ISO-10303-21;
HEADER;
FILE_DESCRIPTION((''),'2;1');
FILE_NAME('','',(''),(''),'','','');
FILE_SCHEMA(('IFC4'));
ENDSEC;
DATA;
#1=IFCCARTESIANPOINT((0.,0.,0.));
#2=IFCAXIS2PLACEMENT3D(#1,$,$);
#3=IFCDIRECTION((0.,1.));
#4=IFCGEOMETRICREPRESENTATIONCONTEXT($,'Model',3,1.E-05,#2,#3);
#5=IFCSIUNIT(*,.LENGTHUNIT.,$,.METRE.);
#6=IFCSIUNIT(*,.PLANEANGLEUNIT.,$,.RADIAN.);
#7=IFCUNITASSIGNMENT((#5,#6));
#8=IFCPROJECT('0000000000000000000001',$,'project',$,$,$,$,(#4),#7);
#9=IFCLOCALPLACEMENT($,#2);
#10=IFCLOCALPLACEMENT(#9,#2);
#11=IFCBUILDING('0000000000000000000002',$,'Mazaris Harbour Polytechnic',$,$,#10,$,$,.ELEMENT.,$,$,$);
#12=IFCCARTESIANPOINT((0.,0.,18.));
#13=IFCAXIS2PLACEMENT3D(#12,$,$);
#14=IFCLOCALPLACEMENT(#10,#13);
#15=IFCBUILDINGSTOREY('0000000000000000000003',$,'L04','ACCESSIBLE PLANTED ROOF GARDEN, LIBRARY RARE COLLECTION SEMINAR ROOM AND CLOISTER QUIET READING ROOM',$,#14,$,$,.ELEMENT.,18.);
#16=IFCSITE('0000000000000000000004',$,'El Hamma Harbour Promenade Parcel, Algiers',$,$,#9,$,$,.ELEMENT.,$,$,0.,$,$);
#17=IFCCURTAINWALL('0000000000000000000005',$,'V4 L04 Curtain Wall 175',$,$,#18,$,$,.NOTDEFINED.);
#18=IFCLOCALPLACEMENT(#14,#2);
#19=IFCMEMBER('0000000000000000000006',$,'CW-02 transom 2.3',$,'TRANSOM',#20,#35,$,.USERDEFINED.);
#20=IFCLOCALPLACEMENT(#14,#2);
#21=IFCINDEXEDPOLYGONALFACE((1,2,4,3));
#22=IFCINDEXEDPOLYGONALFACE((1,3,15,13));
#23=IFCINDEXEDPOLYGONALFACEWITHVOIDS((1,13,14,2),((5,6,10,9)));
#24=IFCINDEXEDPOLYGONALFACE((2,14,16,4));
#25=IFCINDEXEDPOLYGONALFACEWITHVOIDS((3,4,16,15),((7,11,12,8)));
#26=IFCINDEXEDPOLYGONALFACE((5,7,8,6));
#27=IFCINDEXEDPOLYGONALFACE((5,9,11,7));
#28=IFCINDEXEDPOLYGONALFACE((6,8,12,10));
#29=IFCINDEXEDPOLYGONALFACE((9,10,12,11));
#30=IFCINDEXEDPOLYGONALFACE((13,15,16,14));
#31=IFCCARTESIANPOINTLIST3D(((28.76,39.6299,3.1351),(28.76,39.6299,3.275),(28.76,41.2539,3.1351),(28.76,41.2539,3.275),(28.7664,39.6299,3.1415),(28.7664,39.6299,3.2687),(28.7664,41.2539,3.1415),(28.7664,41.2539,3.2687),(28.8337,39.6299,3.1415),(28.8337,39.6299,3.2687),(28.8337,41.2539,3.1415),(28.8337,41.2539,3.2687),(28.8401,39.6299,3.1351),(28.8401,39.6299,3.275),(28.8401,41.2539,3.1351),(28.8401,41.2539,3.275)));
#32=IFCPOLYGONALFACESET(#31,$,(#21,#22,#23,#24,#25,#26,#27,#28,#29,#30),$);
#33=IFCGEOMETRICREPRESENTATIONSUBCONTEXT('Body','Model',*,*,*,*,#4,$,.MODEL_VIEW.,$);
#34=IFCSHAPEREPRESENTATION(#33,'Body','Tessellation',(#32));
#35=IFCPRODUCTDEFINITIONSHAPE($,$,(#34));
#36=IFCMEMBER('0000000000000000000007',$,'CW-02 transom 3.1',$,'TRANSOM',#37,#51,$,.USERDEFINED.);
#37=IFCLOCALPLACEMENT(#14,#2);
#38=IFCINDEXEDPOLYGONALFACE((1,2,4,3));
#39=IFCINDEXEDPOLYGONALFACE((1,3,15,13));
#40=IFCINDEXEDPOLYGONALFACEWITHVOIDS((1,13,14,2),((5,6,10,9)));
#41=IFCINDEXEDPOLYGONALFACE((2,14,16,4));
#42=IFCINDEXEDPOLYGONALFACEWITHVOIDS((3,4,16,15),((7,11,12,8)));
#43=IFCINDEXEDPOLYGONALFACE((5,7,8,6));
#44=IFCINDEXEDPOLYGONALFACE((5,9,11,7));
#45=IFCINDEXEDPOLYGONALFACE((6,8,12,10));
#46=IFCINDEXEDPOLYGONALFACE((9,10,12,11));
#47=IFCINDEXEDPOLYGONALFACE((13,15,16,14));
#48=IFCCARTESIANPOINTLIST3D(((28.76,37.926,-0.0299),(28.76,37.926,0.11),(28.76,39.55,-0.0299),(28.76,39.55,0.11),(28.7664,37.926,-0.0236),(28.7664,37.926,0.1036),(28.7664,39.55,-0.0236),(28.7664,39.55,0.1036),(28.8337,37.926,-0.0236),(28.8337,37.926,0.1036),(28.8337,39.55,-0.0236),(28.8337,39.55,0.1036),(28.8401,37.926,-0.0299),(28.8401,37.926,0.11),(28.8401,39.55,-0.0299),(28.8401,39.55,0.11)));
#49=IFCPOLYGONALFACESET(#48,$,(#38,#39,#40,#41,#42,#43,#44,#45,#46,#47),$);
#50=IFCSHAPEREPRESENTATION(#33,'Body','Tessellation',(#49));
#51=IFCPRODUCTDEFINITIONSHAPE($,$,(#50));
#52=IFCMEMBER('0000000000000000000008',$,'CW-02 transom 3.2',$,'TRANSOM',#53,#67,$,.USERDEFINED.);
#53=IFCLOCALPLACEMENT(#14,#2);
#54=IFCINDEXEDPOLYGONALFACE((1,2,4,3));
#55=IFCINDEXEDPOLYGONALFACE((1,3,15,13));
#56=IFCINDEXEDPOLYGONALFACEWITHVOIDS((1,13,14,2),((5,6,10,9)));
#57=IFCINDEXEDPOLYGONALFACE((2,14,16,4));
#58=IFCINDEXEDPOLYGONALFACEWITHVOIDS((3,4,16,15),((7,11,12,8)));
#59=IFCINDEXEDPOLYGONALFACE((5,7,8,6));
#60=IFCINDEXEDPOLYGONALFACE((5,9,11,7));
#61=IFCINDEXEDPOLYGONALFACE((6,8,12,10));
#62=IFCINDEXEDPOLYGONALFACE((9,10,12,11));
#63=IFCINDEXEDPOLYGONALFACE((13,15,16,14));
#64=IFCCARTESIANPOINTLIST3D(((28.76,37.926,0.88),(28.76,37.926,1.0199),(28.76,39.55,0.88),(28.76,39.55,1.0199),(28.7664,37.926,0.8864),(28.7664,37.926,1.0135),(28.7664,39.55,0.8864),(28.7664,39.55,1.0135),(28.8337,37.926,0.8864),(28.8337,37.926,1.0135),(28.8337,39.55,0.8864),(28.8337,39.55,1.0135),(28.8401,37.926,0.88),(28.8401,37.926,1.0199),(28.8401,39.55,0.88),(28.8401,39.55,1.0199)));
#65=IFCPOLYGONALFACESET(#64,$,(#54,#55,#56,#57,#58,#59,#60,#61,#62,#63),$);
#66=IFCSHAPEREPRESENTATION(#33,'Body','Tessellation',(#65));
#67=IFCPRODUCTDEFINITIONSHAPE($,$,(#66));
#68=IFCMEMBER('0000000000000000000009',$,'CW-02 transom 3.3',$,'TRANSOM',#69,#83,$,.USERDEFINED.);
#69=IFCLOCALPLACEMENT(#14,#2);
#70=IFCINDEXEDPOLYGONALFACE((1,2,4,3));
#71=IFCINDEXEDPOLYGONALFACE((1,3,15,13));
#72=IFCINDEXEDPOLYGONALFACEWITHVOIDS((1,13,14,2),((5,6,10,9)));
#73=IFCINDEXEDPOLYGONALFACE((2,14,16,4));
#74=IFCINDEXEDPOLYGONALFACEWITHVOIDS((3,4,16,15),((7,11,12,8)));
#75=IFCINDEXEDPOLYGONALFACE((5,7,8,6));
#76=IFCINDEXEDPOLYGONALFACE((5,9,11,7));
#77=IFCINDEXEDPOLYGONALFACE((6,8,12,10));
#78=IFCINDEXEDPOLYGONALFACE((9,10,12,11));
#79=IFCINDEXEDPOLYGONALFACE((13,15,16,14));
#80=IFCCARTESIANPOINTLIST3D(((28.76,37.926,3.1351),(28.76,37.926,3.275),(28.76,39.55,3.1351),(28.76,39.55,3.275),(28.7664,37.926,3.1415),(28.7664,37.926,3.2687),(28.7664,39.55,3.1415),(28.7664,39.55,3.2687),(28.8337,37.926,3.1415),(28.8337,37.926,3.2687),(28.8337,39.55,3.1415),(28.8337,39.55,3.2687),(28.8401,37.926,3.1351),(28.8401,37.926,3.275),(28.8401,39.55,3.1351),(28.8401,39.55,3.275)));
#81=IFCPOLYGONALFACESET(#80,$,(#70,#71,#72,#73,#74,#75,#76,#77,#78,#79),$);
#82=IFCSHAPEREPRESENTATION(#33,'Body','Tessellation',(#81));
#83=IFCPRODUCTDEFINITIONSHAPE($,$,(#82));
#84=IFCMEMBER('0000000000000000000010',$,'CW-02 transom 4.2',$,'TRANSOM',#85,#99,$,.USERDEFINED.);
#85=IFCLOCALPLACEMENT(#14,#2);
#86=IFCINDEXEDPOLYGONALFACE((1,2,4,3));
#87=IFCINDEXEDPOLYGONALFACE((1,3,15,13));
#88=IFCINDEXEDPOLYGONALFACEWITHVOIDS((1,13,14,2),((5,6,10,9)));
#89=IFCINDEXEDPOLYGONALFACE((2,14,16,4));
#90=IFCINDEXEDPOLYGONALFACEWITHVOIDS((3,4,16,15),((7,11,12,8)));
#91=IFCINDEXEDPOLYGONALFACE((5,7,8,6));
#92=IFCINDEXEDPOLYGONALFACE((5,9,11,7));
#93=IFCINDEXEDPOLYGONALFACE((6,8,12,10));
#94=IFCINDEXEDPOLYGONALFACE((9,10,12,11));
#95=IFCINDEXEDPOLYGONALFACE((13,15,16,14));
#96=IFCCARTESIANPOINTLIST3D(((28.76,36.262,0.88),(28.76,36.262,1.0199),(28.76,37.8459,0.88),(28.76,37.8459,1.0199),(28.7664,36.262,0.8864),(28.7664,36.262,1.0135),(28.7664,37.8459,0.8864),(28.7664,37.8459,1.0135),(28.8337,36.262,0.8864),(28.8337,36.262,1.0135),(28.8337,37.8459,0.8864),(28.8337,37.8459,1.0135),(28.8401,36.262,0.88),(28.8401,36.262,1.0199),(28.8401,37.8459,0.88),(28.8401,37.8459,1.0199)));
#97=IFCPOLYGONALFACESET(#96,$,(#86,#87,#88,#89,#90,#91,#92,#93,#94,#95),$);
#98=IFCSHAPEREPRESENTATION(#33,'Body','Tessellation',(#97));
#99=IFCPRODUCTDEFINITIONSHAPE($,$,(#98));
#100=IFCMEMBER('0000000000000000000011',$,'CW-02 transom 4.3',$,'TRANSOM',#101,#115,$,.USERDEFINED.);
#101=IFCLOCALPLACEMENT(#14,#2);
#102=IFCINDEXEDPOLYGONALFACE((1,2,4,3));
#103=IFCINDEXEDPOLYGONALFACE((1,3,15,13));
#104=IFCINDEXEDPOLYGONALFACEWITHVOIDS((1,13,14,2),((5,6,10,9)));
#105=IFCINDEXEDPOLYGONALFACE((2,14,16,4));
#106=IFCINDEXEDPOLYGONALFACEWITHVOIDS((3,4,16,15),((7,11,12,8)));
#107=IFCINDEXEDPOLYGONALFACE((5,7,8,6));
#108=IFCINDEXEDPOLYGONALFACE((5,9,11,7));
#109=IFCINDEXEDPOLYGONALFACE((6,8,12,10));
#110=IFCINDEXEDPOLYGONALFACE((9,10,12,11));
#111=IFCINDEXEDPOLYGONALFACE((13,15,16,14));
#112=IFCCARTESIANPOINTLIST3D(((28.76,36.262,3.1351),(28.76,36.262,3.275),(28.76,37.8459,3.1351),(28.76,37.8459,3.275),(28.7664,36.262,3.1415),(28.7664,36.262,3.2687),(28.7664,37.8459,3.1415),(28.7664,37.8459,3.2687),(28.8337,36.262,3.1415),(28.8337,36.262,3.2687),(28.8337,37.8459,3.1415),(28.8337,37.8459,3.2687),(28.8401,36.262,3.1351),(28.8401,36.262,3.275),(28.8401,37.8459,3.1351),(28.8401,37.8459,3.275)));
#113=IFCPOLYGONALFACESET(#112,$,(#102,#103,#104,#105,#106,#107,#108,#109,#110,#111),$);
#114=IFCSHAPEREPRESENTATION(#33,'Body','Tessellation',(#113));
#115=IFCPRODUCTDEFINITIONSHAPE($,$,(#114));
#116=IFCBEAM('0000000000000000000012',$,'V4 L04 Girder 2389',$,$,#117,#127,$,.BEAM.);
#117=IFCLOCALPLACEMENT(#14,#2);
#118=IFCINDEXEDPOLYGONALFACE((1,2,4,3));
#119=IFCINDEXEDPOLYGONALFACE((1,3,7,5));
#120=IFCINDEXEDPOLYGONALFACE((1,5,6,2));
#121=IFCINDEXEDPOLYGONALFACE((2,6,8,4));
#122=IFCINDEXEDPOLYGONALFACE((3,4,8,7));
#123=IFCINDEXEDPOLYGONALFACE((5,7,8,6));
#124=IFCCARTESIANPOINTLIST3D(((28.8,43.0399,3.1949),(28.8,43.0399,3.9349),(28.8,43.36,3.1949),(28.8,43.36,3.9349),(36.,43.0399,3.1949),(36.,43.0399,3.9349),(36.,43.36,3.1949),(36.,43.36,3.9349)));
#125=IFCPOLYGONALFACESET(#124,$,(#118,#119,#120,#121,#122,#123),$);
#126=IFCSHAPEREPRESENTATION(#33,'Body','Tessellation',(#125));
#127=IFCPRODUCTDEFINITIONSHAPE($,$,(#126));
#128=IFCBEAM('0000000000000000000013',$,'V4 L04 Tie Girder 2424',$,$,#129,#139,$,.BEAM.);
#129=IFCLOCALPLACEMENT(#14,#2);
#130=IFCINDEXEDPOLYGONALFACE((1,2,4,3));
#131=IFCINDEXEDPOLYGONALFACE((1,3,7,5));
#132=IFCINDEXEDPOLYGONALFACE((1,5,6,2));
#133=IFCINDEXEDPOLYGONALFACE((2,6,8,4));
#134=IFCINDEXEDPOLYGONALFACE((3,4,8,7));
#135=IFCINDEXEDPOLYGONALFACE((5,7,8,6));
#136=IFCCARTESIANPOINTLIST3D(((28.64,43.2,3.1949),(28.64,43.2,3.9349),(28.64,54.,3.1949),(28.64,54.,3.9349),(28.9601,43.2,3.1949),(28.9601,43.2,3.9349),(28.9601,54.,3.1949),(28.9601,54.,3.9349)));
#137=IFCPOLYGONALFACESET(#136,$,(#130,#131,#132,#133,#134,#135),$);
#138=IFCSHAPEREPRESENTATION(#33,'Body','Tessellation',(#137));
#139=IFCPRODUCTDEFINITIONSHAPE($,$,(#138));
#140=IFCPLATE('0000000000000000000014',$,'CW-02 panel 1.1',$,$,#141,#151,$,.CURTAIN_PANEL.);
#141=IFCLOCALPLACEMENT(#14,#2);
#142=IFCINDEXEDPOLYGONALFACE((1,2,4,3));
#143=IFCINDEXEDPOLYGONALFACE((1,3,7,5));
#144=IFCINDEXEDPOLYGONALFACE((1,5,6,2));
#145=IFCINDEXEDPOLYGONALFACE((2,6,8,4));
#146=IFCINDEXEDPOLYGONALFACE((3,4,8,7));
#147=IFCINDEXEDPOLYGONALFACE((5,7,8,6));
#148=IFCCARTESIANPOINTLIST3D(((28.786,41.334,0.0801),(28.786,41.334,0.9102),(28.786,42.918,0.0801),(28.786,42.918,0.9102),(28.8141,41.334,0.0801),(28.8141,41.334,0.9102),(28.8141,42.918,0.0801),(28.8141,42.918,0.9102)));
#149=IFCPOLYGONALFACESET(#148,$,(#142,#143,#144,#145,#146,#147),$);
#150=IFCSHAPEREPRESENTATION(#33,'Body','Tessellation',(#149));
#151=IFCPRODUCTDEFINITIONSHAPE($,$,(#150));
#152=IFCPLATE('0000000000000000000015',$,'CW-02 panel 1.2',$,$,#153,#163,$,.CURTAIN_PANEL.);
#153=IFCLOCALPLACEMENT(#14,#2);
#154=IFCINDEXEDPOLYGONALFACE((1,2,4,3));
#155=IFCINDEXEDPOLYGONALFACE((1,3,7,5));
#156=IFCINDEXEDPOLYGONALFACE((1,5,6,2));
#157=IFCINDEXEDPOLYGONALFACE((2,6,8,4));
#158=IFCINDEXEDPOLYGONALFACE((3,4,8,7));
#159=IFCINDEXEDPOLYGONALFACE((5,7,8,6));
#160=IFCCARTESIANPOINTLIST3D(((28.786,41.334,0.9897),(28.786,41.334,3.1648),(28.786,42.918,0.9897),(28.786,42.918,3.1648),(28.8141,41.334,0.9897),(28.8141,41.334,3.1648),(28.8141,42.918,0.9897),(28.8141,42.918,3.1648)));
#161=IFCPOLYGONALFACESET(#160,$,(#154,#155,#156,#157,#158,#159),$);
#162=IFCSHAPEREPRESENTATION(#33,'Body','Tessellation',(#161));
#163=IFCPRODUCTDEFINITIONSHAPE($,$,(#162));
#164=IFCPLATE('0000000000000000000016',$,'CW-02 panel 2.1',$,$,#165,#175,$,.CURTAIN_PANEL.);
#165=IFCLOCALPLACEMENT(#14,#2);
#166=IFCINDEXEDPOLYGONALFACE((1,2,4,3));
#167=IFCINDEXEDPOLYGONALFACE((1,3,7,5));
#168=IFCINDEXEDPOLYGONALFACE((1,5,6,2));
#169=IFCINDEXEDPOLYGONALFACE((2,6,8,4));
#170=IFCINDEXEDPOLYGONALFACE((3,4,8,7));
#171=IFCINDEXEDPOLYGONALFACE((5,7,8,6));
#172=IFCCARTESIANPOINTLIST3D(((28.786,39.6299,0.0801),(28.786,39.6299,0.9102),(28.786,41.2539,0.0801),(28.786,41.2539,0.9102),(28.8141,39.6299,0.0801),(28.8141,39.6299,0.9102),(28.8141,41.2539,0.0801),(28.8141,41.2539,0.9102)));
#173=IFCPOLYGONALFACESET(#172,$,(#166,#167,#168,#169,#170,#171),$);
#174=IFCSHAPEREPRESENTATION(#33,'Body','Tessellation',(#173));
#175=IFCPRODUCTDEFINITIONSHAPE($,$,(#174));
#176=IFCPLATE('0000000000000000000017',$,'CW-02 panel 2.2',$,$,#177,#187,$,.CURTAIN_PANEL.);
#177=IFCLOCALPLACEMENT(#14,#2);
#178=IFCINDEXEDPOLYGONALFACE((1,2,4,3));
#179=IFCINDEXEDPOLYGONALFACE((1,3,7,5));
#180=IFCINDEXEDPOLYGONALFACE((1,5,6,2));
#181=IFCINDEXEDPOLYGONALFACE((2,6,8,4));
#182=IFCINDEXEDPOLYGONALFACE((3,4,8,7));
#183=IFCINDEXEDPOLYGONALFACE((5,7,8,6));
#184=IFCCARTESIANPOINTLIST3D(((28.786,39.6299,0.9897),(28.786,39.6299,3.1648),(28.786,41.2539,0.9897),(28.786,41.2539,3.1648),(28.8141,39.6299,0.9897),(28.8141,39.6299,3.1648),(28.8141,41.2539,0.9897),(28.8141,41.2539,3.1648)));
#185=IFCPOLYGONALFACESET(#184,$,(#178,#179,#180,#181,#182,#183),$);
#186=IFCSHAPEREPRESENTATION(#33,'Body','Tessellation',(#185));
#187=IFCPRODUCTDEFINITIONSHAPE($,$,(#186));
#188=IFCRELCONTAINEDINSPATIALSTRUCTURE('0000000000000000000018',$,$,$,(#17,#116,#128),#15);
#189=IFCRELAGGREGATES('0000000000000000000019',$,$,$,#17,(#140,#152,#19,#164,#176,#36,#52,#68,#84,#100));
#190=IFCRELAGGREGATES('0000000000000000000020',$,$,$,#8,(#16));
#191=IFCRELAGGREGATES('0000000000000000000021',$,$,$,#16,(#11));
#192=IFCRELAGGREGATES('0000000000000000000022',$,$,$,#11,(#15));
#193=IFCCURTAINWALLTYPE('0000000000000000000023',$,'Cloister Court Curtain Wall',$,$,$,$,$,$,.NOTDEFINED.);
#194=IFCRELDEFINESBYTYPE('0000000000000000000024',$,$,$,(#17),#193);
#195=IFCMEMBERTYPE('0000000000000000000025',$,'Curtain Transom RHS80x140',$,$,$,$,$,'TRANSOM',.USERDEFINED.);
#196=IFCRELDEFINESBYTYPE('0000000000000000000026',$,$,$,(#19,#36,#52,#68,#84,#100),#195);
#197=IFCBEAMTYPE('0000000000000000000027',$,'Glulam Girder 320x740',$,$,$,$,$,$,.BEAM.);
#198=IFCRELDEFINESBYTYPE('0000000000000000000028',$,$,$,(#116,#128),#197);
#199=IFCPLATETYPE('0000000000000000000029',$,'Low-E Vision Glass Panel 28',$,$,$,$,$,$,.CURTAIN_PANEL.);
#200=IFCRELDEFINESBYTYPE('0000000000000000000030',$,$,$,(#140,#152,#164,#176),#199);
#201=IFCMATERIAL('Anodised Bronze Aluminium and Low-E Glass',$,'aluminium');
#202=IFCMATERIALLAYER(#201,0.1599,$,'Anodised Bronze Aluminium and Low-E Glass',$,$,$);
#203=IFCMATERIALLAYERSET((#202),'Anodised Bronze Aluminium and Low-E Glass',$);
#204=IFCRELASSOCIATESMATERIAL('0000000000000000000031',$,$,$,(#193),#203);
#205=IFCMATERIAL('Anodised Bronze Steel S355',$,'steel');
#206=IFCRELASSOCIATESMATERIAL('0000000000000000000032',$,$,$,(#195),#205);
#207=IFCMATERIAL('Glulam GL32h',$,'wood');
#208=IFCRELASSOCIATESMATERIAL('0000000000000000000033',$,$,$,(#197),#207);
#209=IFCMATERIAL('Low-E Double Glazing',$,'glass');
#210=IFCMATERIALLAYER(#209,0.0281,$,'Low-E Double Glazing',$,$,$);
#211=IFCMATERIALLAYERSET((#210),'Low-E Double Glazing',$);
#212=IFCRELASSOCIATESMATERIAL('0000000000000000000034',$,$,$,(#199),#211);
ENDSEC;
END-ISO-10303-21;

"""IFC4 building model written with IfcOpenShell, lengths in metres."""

from ifc_helpers import new_model, si_unit, direction, frame, origin, origin_2d, place, context, subcontext, project, spatial, rectangle, hollow_rectangle, extrude, material, layer, layer_set, material_profile, profile_set, type_object, element, aggregate, save


model = new_model("IFC4")

# Units and contexts
model_context = context("Model", 3, precision=1e-05, world=origin(), true_north=direction((0.0, 1.0)))
body_context = subcontext(model_context, "Body", "Model", "MODEL_VIEW")
ifc_project = project(units=[si_unit("LENGTHUNIT", "METRE"), si_unit("PLANEANGLEUNIT", "RADIAN")], contexts=[model_context])

# Site, building, storey
site_placement = place(None, origin())
site = spatial("IfcSite", under=ifc_project, at=site_placement, Name="El Hamma Harbour Promenade Parcel, Algiers", CompositionType="ELEMENT", RefElevation=0.0)
building_placement = place(site_placement, origin())
building = spatial("IfcBuilding", under=site, at=building_placement, Name="Mazaris Harbour Polytechnic", CompositionType="ELEMENT")
storey_placement = place(building_placement, frame((0.0, 0.0, 18.0)))
storey = spatial("IfcBuildingStorey", under=building, at=storey_placement, Name="L04", Description="ACCESSIBLE PLANTED ROOF GARDEN, LIBRARY RARE COLLECTION SEMINAR ROOM AND CLOISTER QUIET READING ROOM", CompositionType="ELEMENT", Elevation=18.0)

# Curtain wall
ifc_material_1 = material(Name="Anodised Bronze Aluminium and Low-E Glass", Category="aluminium")
ifc_layer_1 = layer(ifc_material_1, 0.1599, Name="Anodised Bronze Aluminium and Low-E Glass")
ifc_layer_set_1 = layer_set([ifc_layer_1], Name="Anodised Bronze Aluminium and Low-E Glass")
curtain_wall_type = type_object("IfcCurtainWallType", Name="Cloister Court Curtain Wall", PredefinedType="NOTDEFINED", material=ifc_layer_set_1)
curtain_wall_1_placement = place(storey_placement, origin())
curtain_wall_1 = element("IfcCurtainWall", 1, at=curtain_wall_1_placement, inside=storey, type_object=curtain_wall_type, Name="V4 L04 Curtain Wall 175", PredefinedType="NOTDEFINED")

# Members
ifc_material_2 = material(Name="Anodised Bronze Steel S355", Category="steel")
ifc_material_profile_1 = material_profile(ifc_material_2, hollow_rectangle(XDim=0.0801, YDim=0.1399, WallThickness=0.0063, at=origin_2d()), Name="RHS 80x140x6.3")
ifc_profile_set_1 = profile_set([ifc_material_profile_1], Name="Anodised Bronze Steel S355")
member_type_1 = type_object("IfcMemberType", Name="Curtain Transom RHS80x140", ElementType="TRANSOM", PredefinedType="USERDEFINED", material=ifc_profile_set_1)
member_1_placement = place(storey_placement, frame((28.8, 41.2539, 3.2051), z_axis=(0.0, -1.0, 0.0), x_axis=(1.0, 0.0, 0.0)))
member_1 = element("IfcMember", 2, at=member_1_placement, type_object=member_type_1, Name="CW-02 transom 2.3", ObjectType="TRANSOM", PredefinedType="USERDEFINED", context=body_context, shape_type="SweptSolid", body=[
    extrude(hollow_rectangle(XDim=0.0801, YDim=0.1399, WallThickness=0.0063, at=origin_2d()), origin(), (0.0, 0.0, 1.0), 1.624),
])
member_2_placement = place(storey_placement, frame((28.8, 39.55, 0.04), z_axis=(0.0, -1.0, 0.0), x_axis=(1.0, 0.0, 0.0)))
member_2 = element("IfcMember", 3, at=member_2_placement, type_object=member_type_1, Name="CW-02 transom 3.1", ObjectType="TRANSOM", PredefinedType="USERDEFINED", context=body_context, shape_type="SweptSolid", body=[
    extrude(hollow_rectangle(XDim=0.0801, YDim=0.1399, WallThickness=0.0063, at=origin_2d()), origin(), (0.0, 0.0, 1.0), 1.624),
])
member_3_placement = place(storey_placement, frame((28.8, 39.55, 0.95), z_axis=(0.0, -1.0, 0.0), x_axis=(1.0, 0.0, 0.0)))
member_3 = element("IfcMember", 4, at=member_3_placement, type_object=member_type_1, Name="CW-02 transom 3.2", ObjectType="TRANSOM", PredefinedType="USERDEFINED", context=body_context, shape_type="SweptSolid", body=[
    extrude(hollow_rectangle(XDim=0.0801, YDim=0.1399, WallThickness=0.0063, at=origin_2d()), origin(), (0.0, 0.0, 1.0), 1.624),
])
member_4_placement = place(storey_placement, frame((28.8, 39.55, 3.2051), z_axis=(0.0, -1.0, 0.0), x_axis=(1.0, 0.0, 0.0)))
member_4 = element("IfcMember", 5, at=member_4_placement, type_object=member_type_1, Name="CW-02 transom 3.3", ObjectType="TRANSOM", PredefinedType="USERDEFINED", context=body_context, shape_type="SweptSolid", body=[
    extrude(hollow_rectangle(XDim=0.0801, YDim=0.1399, WallThickness=0.0063, at=origin_2d()), origin(), (0.0, 0.0, 1.0), 1.624),
])
member_5_placement = place(storey_placement, frame((28.8, 37.8459, 0.95), z_axis=(0.0, -1.0, 0.0), x_axis=(1.0, 0.0, 0.0)))
member_5 = element("IfcMember", 6, at=member_5_placement, type_object=member_type_1, Name="CW-02 transom 4.2", ObjectType="TRANSOM", PredefinedType="USERDEFINED", context=body_context, shape_type="SweptSolid", body=[
    extrude(hollow_rectangle(XDim=0.0801, YDim=0.1399, WallThickness=0.0063, at=origin_2d()), origin(), (0.0, 0.0, 1.0), 1.584),
])
member_6_placement = place(storey_placement, frame((28.8, 37.8459, 3.2051), z_axis=(0.0, -1.0, 0.0), x_axis=(1.0, 0.0, 0.0)))
member_6 = element("IfcMember", 7, at=member_6_placement, type_object=member_type_1, Name="CW-02 transom 4.3", ObjectType="TRANSOM", PredefinedType="USERDEFINED", context=body_context, shape_type="SweptSolid", body=[
    extrude(hollow_rectangle(XDim=0.0801, YDim=0.1399, WallThickness=0.0063, at=origin_2d()), origin(), (0.0, 0.0, 1.0), 1.584),
])

# Beams
ifc_material_3 = material(Name="Glulam GL32h", Category="wood")
ifc_material_profile_2 = material_profile(ifc_material_3, rectangle(XDim=0.3201, YDim=0.74, at=origin_2d()), Name="RECT320x740")
ifc_profile_set_2 = profile_set([ifc_material_profile_2], Name="Glulam GL32h")
beam_type = type_object("IfcBeamType", Name="Glulam Girder 320x740", PredefinedType="BEAM", material=ifc_profile_set_2)
beam_1_placement = place(storey_placement, frame((28.8, 43.2, 3.5649), z_axis=(1.0, 0.0, 0.0), x_axis=(0.0, 1.0, 0.0)))
element("IfcBeam", 8, at=beam_1_placement, inside=storey, type_object=beam_type, Name="V4 L04 Girder 2389", PredefinedType="BEAM", context=body_context, shape_type="SweptSolid", body=[
    extrude(rectangle(XDim=0.3201, YDim=0.74, at=origin_2d()), origin(), (0.0, 0.0, 1.0), 7.2),
])
beam_2_placement = place(storey_placement, frame((28.8, 43.2, 3.5649), z_axis=(0.0, 1.0, 0.0), x_axis=(-1.0, 0.0, 0.0)))
element("IfcBeam", 9, at=beam_2_placement, inside=storey, type_object=beam_type, Name="V4 L04 Tie Girder 2424", PredefinedType="BEAM", context=body_context, shape_type="SweptSolid", body=[
    extrude(rectangle(XDim=0.3201, YDim=0.74, at=origin_2d()), origin(), (0.0, 0.0, 1.0), 10.8),
])

# Plates
ifc_material_4 = material(Name="Low-E Double Glazing", Category="glass")
ifc_layer_2 = layer(ifc_material_4, 0.0281, Name="Low-E Double Glazing")
ifc_layer_set_2 = layer_set([ifc_layer_2], Name="Low-E Double Glazing")
plate_type = type_object("IfcPlateType", Name="Low-E Vision Glass Panel 28", PredefinedType="CURTAIN_PANEL", material=ifc_layer_set_2)
plate_1_placement = place(storey_placement, frame((28.8, 42.126, 0.0801), z_axis=(0.0, 0.0, 1.0), x_axis=(0.0, -1.0, 0.0)))
plate_1 = element("IfcPlate", 10, at=plate_1_placement, type_object=plate_type, Name="CW-02 panel 1.1", PredefinedType="CURTAIN_PANEL", context=body_context, shape_type="SweptSolid", body=[
    extrude(rectangle(XDim=1.584, YDim=0.0281, at=origin_2d()), origin(), (0.0, 0.0, 1.0), 0.8301),
])
plate_2_placement = place(storey_placement, frame((28.8, 42.126, 0.9897), z_axis=(0.0, 0.0, 1.0), x_axis=(0.0, -1.0, 0.0)))
plate_2 = element("IfcPlate", 11, at=plate_2_placement, type_object=plate_type, Name="CW-02 panel 1.2", PredefinedType="CURTAIN_PANEL", context=body_context, shape_type="SweptSolid", body=[
    extrude(rectangle(XDim=1.584, YDim=0.0281, at=origin_2d()), origin(), (0.0, 0.0, 1.0), 2.175),
])
plate_3_placement = place(storey_placement, frame((28.8, 40.4419, 0.0801), z_axis=(0.0, 0.0, 1.0), x_axis=(0.0, -1.0, 0.0)))
plate_3 = element("IfcPlate", 12, at=plate_3_placement, type_object=plate_type, Name="CW-02 panel 2.1", PredefinedType="CURTAIN_PANEL", context=body_context, shape_type="SweptSolid", body=[
    extrude(rectangle(XDim=1.624, YDim=0.0281, at=origin_2d()), origin(), (0.0, 0.0, 1.0), 0.8301),
])
plate_4_placement = place(storey_placement, frame((28.8, 40.4419, 0.9897), z_axis=(0.0, 0.0, 1.0), x_axis=(0.0, -1.0, 0.0)))
plate_4 = element("IfcPlate", 13, at=plate_4_placement, type_object=plate_type, Name="CW-02 panel 2.2", PredefinedType="CURTAIN_PANEL", context=body_context, shape_type="SweptSolid", body=[
    extrude(rectangle(XDim=1.624, YDim=0.0281, at=origin_2d()), origin(), (0.0, 0.0, 1.0), 2.175),
])
aggregate(curtain_wall_1, [plate_1, plate_2, member_1, plate_3, plate_4, member_2, member_3, member_4, member_5, member_6])

save(model, "model.ifc")
